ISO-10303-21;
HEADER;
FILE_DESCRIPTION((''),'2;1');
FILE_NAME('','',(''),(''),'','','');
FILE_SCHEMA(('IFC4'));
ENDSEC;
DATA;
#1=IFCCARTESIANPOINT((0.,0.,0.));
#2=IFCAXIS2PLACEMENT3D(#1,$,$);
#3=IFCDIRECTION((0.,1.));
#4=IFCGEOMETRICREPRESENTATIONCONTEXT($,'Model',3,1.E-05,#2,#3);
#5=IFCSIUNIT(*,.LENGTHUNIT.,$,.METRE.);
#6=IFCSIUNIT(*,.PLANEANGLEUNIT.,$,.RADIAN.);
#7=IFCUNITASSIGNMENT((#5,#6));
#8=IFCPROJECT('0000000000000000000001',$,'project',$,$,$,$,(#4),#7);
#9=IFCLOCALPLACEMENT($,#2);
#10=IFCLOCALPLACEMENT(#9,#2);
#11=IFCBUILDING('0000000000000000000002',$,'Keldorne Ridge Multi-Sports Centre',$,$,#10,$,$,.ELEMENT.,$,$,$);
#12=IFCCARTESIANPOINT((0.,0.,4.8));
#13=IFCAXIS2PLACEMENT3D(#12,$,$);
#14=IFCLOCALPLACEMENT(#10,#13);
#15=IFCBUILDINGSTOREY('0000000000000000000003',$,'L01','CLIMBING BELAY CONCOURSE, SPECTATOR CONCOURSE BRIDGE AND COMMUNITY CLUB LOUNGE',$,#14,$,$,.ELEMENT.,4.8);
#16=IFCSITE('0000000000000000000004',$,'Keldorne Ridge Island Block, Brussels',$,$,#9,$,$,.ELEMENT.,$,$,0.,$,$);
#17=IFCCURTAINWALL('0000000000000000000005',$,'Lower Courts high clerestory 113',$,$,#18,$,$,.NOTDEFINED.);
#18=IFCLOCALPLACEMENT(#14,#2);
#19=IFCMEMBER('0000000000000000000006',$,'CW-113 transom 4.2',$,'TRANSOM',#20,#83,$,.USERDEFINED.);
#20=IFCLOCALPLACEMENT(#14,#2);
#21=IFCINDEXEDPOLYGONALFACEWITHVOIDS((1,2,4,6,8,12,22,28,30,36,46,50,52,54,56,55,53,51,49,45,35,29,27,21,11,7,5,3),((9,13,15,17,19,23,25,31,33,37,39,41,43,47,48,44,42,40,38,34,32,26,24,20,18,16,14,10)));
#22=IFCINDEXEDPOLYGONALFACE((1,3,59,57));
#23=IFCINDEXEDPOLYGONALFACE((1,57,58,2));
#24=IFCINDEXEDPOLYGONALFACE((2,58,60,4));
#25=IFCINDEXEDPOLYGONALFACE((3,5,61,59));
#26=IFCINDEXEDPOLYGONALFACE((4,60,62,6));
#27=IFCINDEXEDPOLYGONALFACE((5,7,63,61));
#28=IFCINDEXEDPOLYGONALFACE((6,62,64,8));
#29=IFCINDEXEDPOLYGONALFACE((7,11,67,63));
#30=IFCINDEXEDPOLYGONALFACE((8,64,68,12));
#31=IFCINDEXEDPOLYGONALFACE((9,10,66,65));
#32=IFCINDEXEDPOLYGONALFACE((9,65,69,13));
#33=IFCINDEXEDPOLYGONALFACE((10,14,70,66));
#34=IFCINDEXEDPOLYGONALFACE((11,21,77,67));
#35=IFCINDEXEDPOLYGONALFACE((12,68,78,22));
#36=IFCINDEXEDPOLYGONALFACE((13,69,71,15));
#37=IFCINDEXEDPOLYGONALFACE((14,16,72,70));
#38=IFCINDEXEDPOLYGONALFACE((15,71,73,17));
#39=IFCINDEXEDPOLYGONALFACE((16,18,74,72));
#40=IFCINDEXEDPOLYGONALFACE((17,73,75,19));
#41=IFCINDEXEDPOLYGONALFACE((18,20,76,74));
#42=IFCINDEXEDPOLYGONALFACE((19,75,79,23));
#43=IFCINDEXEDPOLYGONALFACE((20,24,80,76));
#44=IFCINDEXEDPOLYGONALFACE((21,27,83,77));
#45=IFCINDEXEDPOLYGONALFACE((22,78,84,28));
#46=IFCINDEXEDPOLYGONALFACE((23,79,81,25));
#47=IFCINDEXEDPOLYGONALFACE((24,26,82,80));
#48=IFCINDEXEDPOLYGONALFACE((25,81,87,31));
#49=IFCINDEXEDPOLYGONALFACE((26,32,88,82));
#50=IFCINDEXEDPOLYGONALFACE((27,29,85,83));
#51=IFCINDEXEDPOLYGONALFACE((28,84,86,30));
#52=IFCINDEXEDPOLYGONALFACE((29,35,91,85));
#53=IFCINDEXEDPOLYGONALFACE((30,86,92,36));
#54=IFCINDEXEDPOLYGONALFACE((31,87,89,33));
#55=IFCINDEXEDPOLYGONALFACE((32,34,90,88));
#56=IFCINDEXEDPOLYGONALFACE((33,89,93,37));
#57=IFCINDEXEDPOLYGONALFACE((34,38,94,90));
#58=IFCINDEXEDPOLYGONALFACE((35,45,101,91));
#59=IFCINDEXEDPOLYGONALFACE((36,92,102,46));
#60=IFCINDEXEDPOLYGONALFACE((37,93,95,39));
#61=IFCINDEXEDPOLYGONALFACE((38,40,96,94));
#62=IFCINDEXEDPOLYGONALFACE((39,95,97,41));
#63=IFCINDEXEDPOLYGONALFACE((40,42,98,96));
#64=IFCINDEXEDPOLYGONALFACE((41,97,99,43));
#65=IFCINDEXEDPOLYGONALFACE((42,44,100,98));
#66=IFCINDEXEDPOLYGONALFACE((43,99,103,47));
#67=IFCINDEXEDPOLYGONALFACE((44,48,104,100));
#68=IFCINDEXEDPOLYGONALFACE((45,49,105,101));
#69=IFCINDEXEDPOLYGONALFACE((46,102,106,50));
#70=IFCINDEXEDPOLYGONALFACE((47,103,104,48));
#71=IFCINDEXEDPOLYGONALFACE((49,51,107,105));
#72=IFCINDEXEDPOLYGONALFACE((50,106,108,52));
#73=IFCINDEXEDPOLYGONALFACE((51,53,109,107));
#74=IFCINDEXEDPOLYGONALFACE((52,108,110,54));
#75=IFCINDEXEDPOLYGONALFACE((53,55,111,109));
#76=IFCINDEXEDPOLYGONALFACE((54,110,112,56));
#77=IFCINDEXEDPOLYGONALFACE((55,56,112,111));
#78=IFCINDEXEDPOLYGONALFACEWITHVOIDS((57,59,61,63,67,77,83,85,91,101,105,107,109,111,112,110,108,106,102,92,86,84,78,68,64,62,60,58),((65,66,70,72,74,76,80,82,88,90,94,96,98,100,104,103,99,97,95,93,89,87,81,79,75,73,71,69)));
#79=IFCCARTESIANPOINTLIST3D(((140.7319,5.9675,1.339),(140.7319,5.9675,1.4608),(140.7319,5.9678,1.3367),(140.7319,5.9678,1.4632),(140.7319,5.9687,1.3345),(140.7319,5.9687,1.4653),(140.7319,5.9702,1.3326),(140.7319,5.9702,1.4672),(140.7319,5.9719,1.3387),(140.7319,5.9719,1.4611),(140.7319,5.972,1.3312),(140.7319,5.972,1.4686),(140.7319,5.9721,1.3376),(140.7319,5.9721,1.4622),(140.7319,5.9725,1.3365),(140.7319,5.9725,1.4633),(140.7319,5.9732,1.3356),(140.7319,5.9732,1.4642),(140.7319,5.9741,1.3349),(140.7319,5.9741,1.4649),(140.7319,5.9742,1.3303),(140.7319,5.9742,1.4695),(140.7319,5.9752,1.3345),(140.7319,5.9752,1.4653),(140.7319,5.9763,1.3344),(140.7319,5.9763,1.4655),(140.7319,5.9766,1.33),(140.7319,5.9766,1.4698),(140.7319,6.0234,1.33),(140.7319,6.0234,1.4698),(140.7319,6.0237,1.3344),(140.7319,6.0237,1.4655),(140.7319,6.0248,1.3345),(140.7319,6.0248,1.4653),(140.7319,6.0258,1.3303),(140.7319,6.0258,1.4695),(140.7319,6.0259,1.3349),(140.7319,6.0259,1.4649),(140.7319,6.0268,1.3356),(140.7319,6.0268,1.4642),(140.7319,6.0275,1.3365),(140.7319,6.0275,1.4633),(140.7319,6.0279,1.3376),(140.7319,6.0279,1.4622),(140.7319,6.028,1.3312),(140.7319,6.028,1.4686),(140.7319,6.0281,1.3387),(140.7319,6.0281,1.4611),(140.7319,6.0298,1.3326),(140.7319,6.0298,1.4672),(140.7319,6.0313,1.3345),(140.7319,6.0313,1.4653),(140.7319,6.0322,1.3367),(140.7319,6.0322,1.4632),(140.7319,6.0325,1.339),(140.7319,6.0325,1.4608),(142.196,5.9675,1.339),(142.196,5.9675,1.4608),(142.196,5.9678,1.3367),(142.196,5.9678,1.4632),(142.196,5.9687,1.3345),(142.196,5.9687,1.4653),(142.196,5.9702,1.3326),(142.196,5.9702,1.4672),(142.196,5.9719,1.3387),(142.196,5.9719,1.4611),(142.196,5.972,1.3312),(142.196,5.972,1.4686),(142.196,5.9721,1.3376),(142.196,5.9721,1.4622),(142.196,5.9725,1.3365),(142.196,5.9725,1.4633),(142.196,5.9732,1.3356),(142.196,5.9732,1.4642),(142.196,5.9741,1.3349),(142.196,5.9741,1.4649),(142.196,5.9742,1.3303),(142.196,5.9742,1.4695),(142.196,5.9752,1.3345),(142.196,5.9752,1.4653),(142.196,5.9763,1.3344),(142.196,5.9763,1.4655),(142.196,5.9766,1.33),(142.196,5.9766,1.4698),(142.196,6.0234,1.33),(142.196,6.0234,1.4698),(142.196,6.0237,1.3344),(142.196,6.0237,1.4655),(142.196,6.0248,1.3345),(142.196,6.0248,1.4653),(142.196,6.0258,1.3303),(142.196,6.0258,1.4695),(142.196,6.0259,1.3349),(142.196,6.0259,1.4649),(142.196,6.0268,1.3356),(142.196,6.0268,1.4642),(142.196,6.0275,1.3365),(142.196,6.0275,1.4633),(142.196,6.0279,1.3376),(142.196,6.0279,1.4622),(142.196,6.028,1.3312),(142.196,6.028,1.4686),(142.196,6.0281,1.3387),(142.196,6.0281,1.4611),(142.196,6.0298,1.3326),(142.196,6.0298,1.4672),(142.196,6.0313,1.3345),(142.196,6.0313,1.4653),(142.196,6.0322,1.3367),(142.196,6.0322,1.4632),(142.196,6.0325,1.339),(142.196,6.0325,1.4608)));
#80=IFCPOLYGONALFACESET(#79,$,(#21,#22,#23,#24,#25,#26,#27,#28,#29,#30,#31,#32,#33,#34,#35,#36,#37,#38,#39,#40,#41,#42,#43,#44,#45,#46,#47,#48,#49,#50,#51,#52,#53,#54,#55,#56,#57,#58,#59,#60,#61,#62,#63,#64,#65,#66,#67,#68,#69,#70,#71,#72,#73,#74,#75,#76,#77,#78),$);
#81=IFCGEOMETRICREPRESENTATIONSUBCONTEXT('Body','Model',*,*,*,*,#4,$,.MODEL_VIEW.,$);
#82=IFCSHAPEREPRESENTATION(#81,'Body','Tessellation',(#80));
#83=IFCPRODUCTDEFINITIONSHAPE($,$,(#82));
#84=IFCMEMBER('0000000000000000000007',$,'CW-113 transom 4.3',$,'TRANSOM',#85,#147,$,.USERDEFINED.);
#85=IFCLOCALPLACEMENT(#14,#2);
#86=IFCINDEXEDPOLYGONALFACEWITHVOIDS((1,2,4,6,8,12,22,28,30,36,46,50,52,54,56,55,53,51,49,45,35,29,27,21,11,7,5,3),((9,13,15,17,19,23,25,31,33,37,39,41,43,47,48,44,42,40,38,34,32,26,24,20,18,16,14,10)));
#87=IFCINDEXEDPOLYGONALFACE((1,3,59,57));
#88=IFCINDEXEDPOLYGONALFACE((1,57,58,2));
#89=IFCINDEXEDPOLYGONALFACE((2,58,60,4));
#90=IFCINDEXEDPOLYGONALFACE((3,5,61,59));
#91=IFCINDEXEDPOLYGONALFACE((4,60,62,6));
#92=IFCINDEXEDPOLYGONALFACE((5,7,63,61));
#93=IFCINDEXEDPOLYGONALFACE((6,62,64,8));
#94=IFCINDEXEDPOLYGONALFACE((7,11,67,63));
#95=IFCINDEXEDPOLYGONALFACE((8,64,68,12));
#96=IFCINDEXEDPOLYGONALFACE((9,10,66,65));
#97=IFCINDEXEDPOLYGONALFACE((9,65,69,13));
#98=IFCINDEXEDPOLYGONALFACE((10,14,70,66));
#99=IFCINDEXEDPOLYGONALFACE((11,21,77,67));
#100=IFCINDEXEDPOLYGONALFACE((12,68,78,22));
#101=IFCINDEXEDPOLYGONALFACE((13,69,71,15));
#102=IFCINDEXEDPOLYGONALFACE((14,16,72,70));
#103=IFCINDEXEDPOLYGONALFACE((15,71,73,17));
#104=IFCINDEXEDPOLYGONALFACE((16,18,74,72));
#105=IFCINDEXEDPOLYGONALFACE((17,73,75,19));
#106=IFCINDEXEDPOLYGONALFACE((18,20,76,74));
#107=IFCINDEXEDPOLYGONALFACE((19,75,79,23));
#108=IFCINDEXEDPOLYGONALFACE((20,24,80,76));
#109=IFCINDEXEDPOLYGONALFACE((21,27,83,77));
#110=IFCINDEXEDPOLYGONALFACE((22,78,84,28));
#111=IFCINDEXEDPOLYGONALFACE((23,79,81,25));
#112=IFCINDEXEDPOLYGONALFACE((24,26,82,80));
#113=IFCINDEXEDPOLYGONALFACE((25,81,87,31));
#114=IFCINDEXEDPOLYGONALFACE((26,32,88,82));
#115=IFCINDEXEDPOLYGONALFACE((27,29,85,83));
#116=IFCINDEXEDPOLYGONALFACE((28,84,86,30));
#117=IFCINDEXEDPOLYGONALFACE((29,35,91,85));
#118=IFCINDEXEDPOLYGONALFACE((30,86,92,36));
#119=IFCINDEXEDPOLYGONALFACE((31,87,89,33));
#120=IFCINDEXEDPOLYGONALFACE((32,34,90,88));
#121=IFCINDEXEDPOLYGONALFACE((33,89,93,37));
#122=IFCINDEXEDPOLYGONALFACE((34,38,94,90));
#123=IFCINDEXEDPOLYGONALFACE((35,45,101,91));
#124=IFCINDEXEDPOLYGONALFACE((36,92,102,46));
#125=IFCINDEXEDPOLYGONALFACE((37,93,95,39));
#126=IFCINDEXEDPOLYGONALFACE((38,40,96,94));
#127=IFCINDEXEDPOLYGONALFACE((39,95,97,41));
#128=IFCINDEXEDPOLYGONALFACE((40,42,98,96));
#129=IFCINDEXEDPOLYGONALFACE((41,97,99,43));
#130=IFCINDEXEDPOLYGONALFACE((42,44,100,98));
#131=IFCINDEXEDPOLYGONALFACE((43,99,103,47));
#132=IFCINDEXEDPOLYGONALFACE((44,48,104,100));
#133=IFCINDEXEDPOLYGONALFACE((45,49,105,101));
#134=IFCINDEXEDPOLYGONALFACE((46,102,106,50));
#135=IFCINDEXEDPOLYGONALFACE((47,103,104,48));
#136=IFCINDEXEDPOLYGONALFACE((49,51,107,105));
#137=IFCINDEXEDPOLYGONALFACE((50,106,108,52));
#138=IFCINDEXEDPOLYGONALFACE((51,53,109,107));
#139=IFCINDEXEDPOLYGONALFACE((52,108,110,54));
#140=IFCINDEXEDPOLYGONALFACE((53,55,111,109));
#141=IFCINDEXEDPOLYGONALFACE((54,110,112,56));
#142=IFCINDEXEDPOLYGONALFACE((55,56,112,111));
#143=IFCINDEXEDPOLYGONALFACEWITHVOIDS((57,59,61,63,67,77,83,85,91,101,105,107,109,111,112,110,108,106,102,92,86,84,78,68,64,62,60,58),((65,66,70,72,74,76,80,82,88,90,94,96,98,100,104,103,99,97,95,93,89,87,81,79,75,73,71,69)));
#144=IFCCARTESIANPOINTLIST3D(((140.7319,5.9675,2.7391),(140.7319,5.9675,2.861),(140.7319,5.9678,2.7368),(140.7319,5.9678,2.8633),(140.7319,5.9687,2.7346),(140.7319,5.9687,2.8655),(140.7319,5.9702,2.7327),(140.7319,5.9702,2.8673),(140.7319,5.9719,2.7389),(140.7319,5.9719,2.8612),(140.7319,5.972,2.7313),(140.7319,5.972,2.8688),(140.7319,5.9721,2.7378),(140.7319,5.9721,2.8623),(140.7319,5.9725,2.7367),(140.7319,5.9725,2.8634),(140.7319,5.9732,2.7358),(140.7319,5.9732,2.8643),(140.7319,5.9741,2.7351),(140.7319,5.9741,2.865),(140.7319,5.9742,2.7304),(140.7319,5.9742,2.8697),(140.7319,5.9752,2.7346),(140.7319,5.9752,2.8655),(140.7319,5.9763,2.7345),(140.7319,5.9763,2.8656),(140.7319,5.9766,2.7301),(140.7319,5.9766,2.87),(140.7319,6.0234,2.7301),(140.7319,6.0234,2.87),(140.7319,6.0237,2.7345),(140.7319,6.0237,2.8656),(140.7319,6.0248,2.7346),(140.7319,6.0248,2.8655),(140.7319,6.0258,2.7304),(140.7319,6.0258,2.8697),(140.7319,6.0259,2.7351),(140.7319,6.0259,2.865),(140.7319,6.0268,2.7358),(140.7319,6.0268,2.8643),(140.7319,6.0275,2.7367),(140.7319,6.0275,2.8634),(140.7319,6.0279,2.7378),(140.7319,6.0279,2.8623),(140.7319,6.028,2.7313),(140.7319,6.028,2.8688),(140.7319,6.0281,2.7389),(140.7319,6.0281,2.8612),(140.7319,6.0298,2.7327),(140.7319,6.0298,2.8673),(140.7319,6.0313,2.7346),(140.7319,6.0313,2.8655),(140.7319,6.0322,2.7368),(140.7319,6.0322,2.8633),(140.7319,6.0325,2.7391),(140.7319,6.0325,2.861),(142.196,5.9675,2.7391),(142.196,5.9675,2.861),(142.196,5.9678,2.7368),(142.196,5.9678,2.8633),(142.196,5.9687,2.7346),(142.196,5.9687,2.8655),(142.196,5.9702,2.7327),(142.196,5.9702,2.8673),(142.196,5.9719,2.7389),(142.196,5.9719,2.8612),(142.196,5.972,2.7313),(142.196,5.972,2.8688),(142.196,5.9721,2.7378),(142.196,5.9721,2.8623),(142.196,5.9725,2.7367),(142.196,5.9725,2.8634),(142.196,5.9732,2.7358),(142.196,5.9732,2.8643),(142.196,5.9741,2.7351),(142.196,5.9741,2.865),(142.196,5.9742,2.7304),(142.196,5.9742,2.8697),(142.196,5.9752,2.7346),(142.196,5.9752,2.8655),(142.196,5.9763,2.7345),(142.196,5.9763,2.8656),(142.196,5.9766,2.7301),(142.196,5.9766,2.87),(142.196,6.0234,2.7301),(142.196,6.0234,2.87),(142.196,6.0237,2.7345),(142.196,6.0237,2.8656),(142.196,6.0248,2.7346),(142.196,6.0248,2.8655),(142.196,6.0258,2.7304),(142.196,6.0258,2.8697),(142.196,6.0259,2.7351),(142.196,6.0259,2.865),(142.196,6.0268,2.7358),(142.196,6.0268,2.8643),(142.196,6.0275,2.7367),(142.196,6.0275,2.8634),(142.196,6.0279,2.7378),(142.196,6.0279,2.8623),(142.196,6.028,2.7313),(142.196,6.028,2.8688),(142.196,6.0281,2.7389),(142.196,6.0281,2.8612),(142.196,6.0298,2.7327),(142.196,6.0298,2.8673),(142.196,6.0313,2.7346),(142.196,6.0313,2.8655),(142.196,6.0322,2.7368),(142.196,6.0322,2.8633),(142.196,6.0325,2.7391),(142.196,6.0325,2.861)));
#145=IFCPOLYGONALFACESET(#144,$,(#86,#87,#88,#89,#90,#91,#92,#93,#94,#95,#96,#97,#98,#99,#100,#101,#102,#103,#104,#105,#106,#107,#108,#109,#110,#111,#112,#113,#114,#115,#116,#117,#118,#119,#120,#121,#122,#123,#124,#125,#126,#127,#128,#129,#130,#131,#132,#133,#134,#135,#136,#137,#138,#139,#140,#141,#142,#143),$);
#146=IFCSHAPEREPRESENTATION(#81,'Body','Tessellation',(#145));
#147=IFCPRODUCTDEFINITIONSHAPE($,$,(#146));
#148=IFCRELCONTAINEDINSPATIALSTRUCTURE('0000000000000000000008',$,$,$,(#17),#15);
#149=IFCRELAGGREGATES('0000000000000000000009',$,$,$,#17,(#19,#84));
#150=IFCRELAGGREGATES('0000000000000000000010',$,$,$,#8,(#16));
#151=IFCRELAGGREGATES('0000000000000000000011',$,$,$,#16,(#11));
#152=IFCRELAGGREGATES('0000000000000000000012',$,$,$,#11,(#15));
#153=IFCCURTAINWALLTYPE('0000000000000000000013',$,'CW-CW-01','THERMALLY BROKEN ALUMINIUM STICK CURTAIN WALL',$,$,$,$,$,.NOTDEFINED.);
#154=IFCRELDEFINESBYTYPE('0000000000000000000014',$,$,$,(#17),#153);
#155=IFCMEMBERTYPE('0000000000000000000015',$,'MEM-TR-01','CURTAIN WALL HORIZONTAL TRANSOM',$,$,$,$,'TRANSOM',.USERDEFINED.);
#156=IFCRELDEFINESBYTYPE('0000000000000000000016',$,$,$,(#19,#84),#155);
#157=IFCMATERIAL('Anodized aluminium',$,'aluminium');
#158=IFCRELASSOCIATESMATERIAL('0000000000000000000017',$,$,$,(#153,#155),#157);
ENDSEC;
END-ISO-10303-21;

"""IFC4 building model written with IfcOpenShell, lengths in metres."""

from ifc_helpers import new_model, si_unit, direction, frame, origin, origin_2d, place, context, subcontext, project, spatial, hollow_rectangle, extrude, material, material_profile, profile_set, type_object, element, aggregate, save


model = new_model("IFC4")

# Units and contexts
model_context = context("Model", 3, precision=1e-05, world=origin(), true_north=direction((0.0, 1.0)))
body_context = subcontext(model_context, "Body", "Model", "MODEL_VIEW")
ifc_project = project(units=[si_unit("LENGTHUNIT", "METRE"), si_unit("PLANEANGLEUNIT", "RADIAN")], contexts=[model_context])

# Site, building, storey
site_placement = place(None, origin())
site = spatial("IfcSite", under=ifc_project, at=site_placement, Name="Keldorne Ridge Island Block, Brussels", CompositionType="ELEMENT", RefElevation=0.0)
building_placement = place(site_placement, origin())
building = spatial("IfcBuilding", under=site, at=building_placement, Name="Keldorne Ridge Multi-Sports Centre", CompositionType="ELEMENT")
storey_placement = place(building_placement, frame((0.0, 0.0, 4.8)))
storey = spatial("IfcBuildingStorey", under=building, at=storey_placement, Name="L01", Description="CLIMBING BELAY CONCOURSE, SPECTATOR CONCOURSE BRIDGE AND COMMUNITY CLUB LOUNGE", CompositionType="ELEMENT", Elevation=4.8)

# Curtain wall, members
ifc_material_1 = material(Name="Anodized aluminium", Category="aluminium")
curtain_wall_type = type_object("IfcCurtainWallType", Name="CW-CW-01", Description="THERMALLY BROKEN ALUMINIUM STICK CURTAIN WALL", PredefinedType="NOTDEFINED", material=ifc_material_1)
curtain_wall_placement = place(storey_placement, origin())
curtain_wall = element("IfcCurtainWall", 1, at=curtain_wall_placement, inside=storey, type_object=curtain_wall_type, Name="Lower Courts high clerestory 113", PredefinedType="NOTDEFINED")
ifc_material_profile_1 = material_profile(ifc_material_1, hollow_rectangle(XDim=0.0649, YDim=0.1399, WallThickness=0.0044, InnerFilletRadius=0.0044, OuterFilletRadius=0.009, at=origin_2d()), Name="ALU TRANSOM 140x65x4.5")
ifc_profile_set_1 = profile_set([ifc_material_profile_1], Name="Anodized aluminium")
member_type_1 = type_object("IfcMemberType", Name="MEM-TR-01", Description="CURTAIN WALL HORIZONTAL TRANSOM", ElementType="TRANSOM", PredefinedType="USERDEFINED", material=ifc_profile_set_1)
member_1_placement = place(storey_placement, frame((140.7319, 6.0, 1.3999), z_axis=(1.0, 0.0, 0.0), x_axis=(0.0, 1.0, 0.0)))
member_1 = element("IfcMember", 2, at=member_1_placement, type_object=member_type_1, Name="CW-113 transom 4.2", ObjectType="TRANSOM", PredefinedType="USERDEFINED", context=body_context, shape_type="SweptSolid", body=[
    extrude(hollow_rectangle(XDim=0.0649, YDim=0.1399, WallThickness=0.0044, InnerFilletRadius=0.0044, OuterFilletRadius=0.009, at=origin_2d()), origin(), (0.0, 0.0, 1.0), 1.4641),
])
member_2_placement = place(storey_placement, frame((140.7319, 6.0, 2.8), z_axis=(1.0, 0.0, 0.0), x_axis=(0.0, 1.0, 0.0)))
member_2 = element("IfcMember", 3, at=member_2_placement, type_object=member_type_1, Name="CW-113 transom 4.3", ObjectType="TRANSOM", PredefinedType="USERDEFINED", context=body_context, shape_type="SweptSolid", body=[
    extrude(hollow_rectangle(XDim=0.0649, YDim=0.1399, WallThickness=0.0044, InnerFilletRadius=0.0044, OuterFilletRadius=0.009, at=origin_2d()), origin(), (0.0, 0.0, 1.0), 1.4641),
])
aggregate(curtain_wall, [member_1, member_2])

save(model, "model.ifc")
